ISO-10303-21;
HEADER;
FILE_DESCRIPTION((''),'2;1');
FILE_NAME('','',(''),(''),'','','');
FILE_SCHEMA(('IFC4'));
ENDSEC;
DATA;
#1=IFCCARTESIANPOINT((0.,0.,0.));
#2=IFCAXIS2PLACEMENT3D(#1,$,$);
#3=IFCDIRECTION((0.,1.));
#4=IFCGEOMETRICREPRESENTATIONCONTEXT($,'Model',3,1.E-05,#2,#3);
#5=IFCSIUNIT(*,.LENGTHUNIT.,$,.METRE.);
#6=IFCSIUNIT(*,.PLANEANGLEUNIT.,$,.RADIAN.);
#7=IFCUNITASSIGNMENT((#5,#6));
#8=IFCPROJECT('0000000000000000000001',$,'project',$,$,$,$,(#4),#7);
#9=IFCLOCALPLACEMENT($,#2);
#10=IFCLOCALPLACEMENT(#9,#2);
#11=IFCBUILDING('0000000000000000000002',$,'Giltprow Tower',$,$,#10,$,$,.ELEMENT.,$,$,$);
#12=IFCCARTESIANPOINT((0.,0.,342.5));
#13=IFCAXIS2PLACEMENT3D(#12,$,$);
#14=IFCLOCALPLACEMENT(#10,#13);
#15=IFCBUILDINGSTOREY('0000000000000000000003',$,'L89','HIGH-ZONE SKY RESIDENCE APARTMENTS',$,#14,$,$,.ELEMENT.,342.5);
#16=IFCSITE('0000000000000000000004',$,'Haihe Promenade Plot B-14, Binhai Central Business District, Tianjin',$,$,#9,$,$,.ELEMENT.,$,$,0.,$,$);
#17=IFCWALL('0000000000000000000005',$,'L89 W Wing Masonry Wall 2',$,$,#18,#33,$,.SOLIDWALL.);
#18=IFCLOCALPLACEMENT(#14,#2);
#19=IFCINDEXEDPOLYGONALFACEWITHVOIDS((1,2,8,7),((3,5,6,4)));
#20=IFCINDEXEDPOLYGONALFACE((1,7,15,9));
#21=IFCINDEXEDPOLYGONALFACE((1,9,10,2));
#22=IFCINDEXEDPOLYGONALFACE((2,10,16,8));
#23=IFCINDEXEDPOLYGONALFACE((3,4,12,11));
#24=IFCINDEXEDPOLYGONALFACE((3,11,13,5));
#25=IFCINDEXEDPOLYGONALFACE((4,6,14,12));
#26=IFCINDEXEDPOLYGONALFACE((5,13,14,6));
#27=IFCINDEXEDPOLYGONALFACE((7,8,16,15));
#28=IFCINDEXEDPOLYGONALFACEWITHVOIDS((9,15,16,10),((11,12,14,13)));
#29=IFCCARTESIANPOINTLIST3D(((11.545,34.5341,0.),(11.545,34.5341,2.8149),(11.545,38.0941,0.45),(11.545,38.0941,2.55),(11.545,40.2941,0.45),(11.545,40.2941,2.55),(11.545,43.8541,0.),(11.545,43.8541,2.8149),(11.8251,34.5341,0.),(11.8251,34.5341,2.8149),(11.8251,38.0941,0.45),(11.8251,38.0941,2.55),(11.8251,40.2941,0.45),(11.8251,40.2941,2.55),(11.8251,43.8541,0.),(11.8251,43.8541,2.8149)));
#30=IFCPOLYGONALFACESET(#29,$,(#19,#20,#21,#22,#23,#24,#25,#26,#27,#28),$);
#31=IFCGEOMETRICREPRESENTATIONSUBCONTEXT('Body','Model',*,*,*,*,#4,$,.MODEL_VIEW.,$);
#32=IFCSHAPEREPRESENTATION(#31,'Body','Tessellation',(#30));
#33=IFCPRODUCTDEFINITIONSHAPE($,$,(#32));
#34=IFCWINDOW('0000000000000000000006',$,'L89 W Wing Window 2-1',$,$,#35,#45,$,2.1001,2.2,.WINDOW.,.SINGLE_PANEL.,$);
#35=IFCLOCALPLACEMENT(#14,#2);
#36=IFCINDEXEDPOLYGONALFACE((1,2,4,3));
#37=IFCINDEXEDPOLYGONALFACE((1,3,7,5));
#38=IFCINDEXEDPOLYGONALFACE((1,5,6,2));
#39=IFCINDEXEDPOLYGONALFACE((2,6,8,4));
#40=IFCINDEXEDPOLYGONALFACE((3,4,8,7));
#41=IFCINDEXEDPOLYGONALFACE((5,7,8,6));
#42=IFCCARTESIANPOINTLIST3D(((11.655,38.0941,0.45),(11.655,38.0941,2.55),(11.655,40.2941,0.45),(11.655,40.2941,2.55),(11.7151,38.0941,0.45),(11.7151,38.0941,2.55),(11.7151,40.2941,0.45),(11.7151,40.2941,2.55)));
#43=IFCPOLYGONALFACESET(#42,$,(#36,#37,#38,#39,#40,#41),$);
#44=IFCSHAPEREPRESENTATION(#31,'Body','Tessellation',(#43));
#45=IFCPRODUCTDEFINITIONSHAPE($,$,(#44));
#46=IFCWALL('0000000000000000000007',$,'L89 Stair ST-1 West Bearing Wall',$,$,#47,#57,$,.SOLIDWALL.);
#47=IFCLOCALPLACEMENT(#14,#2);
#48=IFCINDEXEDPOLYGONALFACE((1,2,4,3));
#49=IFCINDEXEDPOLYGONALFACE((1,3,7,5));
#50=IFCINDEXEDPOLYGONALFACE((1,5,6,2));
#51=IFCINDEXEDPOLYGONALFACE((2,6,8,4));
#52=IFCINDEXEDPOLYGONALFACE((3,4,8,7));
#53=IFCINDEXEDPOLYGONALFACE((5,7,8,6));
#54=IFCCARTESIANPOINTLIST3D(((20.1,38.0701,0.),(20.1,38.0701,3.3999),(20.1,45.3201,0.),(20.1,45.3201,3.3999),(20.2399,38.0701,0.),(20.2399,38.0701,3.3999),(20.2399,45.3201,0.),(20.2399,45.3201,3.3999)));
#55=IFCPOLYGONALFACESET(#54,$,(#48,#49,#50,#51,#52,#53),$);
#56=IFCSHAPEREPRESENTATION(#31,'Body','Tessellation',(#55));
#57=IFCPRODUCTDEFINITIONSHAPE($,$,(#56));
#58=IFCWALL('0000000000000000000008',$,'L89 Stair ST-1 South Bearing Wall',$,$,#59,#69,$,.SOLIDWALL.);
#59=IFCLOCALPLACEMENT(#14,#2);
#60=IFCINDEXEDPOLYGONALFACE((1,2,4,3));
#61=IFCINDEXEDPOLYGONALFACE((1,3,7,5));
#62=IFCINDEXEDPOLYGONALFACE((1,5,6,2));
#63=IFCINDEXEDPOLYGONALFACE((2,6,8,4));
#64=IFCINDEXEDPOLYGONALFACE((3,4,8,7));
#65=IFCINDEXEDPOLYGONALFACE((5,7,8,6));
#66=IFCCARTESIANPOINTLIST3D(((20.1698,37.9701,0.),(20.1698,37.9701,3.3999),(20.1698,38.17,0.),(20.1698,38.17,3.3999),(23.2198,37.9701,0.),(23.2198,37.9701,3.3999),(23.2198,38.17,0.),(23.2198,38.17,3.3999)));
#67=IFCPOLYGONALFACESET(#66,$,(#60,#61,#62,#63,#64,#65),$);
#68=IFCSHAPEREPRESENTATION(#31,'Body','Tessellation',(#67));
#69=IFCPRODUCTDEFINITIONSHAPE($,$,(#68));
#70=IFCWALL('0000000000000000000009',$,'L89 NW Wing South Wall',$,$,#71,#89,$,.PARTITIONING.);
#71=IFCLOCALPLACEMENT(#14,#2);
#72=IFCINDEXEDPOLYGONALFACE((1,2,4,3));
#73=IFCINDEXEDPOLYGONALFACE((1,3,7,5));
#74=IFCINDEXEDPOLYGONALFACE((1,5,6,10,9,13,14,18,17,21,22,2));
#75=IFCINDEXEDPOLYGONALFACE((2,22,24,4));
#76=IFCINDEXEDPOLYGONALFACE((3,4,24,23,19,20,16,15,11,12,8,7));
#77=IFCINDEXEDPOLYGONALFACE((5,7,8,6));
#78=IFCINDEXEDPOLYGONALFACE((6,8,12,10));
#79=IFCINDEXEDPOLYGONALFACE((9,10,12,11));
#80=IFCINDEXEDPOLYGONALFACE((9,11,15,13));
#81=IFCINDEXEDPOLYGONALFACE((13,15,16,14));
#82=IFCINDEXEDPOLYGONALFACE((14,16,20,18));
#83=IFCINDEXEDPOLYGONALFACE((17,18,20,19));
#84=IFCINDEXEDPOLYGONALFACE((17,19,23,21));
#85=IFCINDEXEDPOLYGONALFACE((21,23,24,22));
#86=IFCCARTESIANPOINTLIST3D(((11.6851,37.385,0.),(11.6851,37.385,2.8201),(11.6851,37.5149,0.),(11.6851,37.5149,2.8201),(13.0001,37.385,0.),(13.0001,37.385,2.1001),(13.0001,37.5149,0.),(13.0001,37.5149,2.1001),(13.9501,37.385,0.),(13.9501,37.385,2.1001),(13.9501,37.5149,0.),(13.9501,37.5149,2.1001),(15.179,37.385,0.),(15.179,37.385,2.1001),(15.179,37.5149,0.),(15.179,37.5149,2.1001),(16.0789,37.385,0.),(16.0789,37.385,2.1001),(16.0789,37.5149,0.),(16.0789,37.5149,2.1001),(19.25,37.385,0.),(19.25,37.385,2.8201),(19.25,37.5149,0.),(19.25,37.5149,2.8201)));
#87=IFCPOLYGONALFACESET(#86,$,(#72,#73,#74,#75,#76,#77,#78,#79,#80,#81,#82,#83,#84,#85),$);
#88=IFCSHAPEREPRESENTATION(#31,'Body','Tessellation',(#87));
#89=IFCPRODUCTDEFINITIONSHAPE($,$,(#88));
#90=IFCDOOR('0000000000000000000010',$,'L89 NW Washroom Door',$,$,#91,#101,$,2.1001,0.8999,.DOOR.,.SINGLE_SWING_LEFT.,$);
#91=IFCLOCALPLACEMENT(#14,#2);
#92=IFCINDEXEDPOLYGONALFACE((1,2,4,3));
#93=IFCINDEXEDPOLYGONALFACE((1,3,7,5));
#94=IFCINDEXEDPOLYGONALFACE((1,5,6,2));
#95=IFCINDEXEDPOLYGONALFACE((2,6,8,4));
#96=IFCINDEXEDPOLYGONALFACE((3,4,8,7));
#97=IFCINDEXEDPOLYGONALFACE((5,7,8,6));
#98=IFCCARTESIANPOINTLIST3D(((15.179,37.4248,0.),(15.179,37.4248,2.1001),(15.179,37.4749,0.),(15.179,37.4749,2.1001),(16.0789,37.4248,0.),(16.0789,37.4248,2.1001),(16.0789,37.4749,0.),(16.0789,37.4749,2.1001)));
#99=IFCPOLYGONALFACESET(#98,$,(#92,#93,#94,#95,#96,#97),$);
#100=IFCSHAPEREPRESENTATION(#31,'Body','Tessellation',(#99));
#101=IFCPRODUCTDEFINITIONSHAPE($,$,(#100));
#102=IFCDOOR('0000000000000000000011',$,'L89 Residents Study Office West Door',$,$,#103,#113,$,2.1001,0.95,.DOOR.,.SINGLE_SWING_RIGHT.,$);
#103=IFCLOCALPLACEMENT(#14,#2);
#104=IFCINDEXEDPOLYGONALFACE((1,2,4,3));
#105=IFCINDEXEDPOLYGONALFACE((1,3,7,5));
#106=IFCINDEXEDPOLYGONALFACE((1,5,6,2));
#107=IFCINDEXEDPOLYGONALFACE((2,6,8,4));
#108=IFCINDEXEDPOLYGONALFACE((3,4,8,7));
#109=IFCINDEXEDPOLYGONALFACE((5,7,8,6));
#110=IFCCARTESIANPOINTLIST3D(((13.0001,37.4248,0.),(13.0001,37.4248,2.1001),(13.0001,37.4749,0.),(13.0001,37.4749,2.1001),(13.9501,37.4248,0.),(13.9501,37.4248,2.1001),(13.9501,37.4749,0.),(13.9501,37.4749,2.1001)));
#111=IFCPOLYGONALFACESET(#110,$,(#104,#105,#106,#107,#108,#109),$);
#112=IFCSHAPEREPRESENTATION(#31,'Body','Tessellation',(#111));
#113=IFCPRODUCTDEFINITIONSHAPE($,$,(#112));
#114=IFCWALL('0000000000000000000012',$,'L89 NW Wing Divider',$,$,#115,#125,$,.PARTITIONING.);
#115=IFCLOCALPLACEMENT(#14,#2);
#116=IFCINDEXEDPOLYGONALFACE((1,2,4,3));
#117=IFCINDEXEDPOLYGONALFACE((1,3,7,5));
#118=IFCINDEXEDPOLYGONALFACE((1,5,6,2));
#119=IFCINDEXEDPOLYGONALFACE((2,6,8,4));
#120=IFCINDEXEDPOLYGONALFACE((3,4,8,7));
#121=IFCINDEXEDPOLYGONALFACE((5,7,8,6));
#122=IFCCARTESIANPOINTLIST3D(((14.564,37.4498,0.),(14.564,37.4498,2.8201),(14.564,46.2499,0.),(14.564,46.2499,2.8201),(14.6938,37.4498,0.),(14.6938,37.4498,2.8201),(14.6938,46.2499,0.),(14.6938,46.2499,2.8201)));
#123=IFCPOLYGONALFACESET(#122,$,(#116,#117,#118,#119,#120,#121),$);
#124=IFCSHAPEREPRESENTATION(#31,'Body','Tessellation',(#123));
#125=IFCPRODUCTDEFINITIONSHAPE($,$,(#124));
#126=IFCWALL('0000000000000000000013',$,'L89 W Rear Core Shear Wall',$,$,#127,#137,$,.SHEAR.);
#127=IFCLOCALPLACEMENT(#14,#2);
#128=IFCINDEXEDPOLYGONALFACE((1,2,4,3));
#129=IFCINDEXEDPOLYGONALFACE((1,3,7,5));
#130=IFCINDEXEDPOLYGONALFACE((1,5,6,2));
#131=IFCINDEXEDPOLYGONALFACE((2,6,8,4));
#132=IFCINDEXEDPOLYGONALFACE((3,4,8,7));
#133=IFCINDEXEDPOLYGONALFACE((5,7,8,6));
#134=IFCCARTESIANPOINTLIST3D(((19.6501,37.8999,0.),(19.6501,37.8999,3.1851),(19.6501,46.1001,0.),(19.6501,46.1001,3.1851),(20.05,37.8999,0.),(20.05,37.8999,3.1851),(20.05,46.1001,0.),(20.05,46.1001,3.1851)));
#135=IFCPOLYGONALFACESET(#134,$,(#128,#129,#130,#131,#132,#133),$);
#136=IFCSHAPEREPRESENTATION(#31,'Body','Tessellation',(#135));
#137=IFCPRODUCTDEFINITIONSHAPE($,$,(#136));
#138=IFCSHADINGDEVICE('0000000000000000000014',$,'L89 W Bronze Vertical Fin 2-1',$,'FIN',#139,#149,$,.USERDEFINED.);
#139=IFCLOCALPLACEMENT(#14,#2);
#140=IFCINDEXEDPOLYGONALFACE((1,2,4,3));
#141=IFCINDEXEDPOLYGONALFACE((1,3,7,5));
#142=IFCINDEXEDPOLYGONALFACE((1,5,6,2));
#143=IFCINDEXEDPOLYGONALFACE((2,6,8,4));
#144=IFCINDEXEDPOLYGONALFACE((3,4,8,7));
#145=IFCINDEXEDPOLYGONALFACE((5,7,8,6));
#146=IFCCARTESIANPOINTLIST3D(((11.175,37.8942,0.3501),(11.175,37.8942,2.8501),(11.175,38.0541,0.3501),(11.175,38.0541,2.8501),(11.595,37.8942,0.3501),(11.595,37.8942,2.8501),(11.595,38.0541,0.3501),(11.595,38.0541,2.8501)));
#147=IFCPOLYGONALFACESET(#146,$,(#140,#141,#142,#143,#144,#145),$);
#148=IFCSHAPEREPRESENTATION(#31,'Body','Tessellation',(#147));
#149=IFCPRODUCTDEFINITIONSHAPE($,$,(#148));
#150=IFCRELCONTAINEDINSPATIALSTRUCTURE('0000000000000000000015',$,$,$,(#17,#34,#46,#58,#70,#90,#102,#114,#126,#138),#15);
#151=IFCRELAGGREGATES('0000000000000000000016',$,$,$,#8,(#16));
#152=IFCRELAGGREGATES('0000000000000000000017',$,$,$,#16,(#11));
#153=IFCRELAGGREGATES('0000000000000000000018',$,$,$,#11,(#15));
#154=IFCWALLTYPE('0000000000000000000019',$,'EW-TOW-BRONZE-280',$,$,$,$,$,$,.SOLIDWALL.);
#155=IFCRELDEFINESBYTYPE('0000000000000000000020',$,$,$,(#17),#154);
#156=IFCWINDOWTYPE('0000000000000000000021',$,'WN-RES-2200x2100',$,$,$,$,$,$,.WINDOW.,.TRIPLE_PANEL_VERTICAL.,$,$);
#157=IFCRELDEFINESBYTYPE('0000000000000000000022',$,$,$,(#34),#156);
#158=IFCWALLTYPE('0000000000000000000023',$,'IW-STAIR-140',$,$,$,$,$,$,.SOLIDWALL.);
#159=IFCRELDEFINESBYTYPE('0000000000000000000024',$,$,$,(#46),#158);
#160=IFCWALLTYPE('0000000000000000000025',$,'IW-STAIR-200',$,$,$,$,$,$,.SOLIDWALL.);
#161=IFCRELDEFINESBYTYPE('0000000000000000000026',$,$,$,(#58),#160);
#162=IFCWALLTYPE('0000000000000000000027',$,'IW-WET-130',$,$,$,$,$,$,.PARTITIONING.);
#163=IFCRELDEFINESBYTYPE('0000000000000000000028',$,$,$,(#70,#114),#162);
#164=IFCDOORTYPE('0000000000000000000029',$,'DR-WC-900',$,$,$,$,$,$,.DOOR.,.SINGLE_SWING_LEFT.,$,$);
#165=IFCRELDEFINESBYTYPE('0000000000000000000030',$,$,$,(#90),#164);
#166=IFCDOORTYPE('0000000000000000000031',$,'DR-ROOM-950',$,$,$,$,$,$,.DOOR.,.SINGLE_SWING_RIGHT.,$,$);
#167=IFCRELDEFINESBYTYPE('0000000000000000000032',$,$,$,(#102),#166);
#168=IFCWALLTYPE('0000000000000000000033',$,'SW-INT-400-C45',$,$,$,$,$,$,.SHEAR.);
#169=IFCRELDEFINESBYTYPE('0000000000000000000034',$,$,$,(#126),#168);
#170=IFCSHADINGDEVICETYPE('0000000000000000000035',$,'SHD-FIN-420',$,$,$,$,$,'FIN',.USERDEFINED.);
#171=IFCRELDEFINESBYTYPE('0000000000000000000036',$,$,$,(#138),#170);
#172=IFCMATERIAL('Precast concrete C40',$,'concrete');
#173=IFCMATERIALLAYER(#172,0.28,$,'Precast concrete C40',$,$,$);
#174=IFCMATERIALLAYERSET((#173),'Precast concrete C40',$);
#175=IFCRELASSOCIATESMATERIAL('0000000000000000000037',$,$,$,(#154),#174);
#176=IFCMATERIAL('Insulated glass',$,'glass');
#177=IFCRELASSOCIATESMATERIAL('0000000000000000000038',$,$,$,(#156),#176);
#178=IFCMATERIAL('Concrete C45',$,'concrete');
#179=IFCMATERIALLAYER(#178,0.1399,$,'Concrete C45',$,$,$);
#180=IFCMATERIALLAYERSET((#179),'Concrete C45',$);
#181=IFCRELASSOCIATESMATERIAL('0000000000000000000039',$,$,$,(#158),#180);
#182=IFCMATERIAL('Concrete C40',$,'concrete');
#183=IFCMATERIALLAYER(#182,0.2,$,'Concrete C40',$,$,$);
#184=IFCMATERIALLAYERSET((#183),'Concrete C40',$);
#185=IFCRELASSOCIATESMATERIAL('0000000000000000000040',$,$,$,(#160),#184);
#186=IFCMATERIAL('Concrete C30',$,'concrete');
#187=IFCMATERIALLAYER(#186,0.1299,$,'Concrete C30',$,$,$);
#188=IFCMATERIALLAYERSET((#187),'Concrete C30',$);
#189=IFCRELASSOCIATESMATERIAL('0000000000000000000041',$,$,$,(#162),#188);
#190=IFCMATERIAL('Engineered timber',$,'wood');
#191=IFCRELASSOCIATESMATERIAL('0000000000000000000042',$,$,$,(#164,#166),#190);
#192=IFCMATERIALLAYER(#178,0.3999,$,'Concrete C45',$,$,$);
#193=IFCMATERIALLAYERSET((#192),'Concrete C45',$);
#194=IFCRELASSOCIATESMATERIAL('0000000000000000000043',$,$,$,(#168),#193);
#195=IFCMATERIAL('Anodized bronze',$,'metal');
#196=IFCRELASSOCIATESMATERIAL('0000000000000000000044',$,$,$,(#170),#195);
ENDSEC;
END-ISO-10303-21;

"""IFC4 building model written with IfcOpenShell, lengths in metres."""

from ifc_helpers import new_model, si_unit, direction, frame, frame_2d, origin, origin_2d, place, context, subcontext, project, spatial, rectangle, extrude, source, transform, mapped, material, layer, layer_set, type_object, element, fill, save


model = new_model("IFC4")

# Units and contexts
model_context = context("Model", 3, precision=1e-05, world=origin(), true_north=direction((0.0, 1.0)))
body_context = subcontext(model_context, "Body", "Model", "MODEL_VIEW")
ifc_project = project(units=[si_unit("LENGTHUNIT", "METRE"), si_unit("PLANEANGLEUNIT", "RADIAN")], contexts=[model_context])

# Site, building, storey
site_placement = place(None, origin())
site = spatial("IfcSite", under=ifc_project, at=site_placement, Name="Haihe Promenade Plot B-14, Binhai Central Business District, Tianjin", CompositionType="ELEMENT", RefElevation=0.0)
building_placement = place(site_placement, origin())
building = spatial("IfcBuilding", under=site, at=building_placement, Name="Giltprow Tower", CompositionType="ELEMENT")
storey_placement = place(building_placement, frame((0.0, 0.0, 342.5)))
storey = spatial("IfcBuildingStorey", under=building, at=storey_placement, Name="L89", Description="HIGH-ZONE SKY RESIDENCE APARTMENTS", CompositionType="ELEMENT", Elevation=342.5)

# Shared definitions
ifc_material_1 = material(Name="Concrete C45", Category="concrete")

# Wall, opening, window
ifc_material_2 = material(Name="Precast concrete C40", Category="concrete")
ifc_layer_1 = layer(ifc_material_2, 0.28, Name="Precast concrete C40")
ifc_layer_set_1 = layer_set([ifc_layer_1], Name="Precast concrete C40")
wall_type_1 = type_object("IfcWallType", Name="EW-TOW-BRONZE-280", PredefinedType="SOLIDWALL", material=ifc_layer_set_1)
wall_1_placement = place(storey_placement, frame((11.6851, 34.5339, 0.0), z_axis=(0.0, 0.0, 1.0), x_axis=(0.0, 1.0, 0.0)))
wall_1 = element("IfcWall", 1, at=wall_1_placement, inside=storey, type_object=wall_type_1, Name="L89 W Wing Masonry Wall 2", PredefinedType="SOLIDWALL", context=body_context, shape_type="SweptSolid", body=[
    extrude(rectangle(XDim=9.3201, YDim=0.28, at=frame_2d((4.6602, 0.0))), origin(), (0.0, 0.0, 1.0), 2.8149),
])
opening_1_placement = place(wall_1_placement, frame((3.5601, 0.0, 0.45)))
opening_1 = element("IfcOpeningElement", 2, at=opening_1_placement, cuts=wall_1, PredefinedType="OPENING", context=body_context, shape_type="SweptSolid", body=[
    extrude(rectangle(XDim=2.2, YDim=2.1001, at=frame_2d((1.1001, 1.05))), frame((0.0, 0.1499, 0.0), z_axis=(0.0, -1.0, 0.0), x_axis=(1.0, 0.0, 0.0)), (0.0, 0.0, 1.0), 0.3),
])
ifc_material_3 = material(Name="Insulated glass", Category="glass")
window_type = type_object("IfcWindowType", Name="WN-RES-2200x2100", PartitioningType="TRIPLE_PANEL_VERTICAL", PredefinedType="WINDOW", material=ifc_material_3)
shared_shape_1 = source(origin(), body_context, "Body", "SweptSolid", [
    extrude(rectangle(XDim=2.2, YDim=2.1001, at=frame_2d((1.1001, 1.05))), frame((0.0, 0.03, 0.0), z_axis=(0.0, -1.0, 0.0), x_axis=(1.0, 0.0, 0.0)), (0.0, 0.0, 1.0), 0.0601),
])
window_placement = place(opening_1_placement, origin())
window = element("IfcWindow", 3, at=window_placement, inside=storey, type_object=window_type, Name="L89 W Wing Window 2-1", OverallHeight=2.1001, OverallWidth=2.2, PartitioningType="SINGLE_PANEL", PredefinedType="WINDOW", context=body_context, shape_type="MappedRepresentation", body=[
    mapped(shared_shape_1, transform((0.0, 0.0, 0.0), x_axis=(1.0, 0.0, 0.0), y_axis=(0.0, 1.0, 0.0), z_axis=(0.0, 0.0, 1.0), scale=1.0)),
])
fill(opening_1, window)

# Walls
ifc_layer_2 = layer(ifc_material_1, 0.1399, Name="Concrete C45")
ifc_layer_set_2 = layer_set([ifc_layer_2], Name="Concrete C45")
wall_type_2 = type_object("IfcWallType", Name="IW-STAIR-140", PredefinedType="SOLIDWALL", material=ifc_layer_set_2)
wall_2_placement = place(storey_placement, frame((20.1699, 38.0701, 0.0), z_axis=(0.0, 0.0, 1.0), x_axis=(0.0, 1.0, 0.0)))
element("IfcWall", 4, at=wall_2_placement, inside=storey, type_object=wall_type_2, Name="L89 Stair ST-1 West Bearing Wall", PredefinedType="SOLIDWALL", context=body_context, shape_type="SweptSolid", body=[
    extrude(rectangle(XDim=7.25, YDim=0.1399, at=frame_2d((3.625, 0.0))), origin(), (0.0, 0.0, 1.0), 3.3999),
])
ifc_material_4 = material(Name="Concrete C40", Category="concrete")
ifc_layer_3 = layer(ifc_material_4, 0.2, Name="Concrete C40")
ifc_layer_set_3 = layer_set([ifc_layer_3], Name="Concrete C40")
wall_type_3 = type_object("IfcWallType", Name="IW-STAIR-200", PredefinedType="SOLIDWALL", material=ifc_layer_set_3)
wall_3_placement = place(storey_placement, frame((20.1699, 38.0701, 0.0), z_axis=(0.0, 0.0, 1.0), x_axis=(1.0, 0.0, 0.0)))
element("IfcWall", 5, at=wall_3_placement, inside=storey, type_object=wall_type_3, Name="L89 Stair ST-1 South Bearing Wall", PredefinedType="SOLIDWALL", context=body_context, shape_type="SweptSolid", body=[
    extrude(rectangle(XDim=3.05, YDim=0.2, at=frame_2d((1.5249, 0.0))), origin(), (0.0, 0.0, 1.0), 3.3999),
])

# Wall, openings, doors
ifc_material_5 = material(Name="Concrete C30", Category="concrete")
ifc_layer_4 = layer(ifc_material_5, 0.1299, Name="Concrete C30")
ifc_layer_set_4 = layer_set([ifc_layer_4], Name="Concrete C30")
wall_type_4 = type_object("IfcWallType", Name="IW-WET-130", PredefinedType="PARTITIONING", material=ifc_layer_set_4)
wall_4_placement = place(storey_placement, frame((11.6851, 37.45, 0.0), z_axis=(0.0, 0.0, 1.0), x_axis=(1.0, 0.0, 0.0)))
wall_4 = element("IfcWall", 6, at=wall_4_placement, inside=storey, type_object=wall_type_4, Name="L89 NW Wing South Wall", PredefinedType="PARTITIONING", context=body_context, shape_type="SweptSolid", body=[
    extrude(rectangle(XDim=7.5649, YDim=0.1299, at=frame_2d((3.7825, 0.0))), origin(), (0.0, 0.0, 1.0), 2.8201),
])
opening_2_placement = place(wall_4_placement, frame((1.3149, 0.0, 0.0)))
opening_2 = element("IfcOpeningElement", 7, at=opening_2_placement, cuts=wall_4, PredefinedType="OPENING", context=body_context, shape_type="SweptSolid", body=[
    extrude(rectangle(XDim=0.95, YDim=2.1001, at=frame_2d((0.4751, 1.05))), frame((0.0, 0.075, 0.0), z_axis=(0.0, -1.0, 0.0), x_axis=(1.0, 0.0, 0.0)), (0.0, 0.0, 1.0), 0.1499),
])
opening_3_placement = place(wall_4_placement, frame((3.4939, 0.0, 0.0)))
opening_3 = element("IfcOpeningElement", 8, at=opening_3_placement, cuts=wall_4, PredefinedType="OPENING", context=body_context, shape_type="SweptSolid", body=[
    extrude(rectangle(XDim=0.8999, YDim=2.1001, at=frame_2d((0.45, 1.05))), frame((0.0, 0.075, 0.0), z_axis=(0.0, -1.0, 0.0), x_axis=(1.0, 0.0, 0.0)), (0.0, 0.0, 1.0), 0.1499),
])
ifc_material_6 = material(Name="Engineered timber", Category="wood")
door_type_1 = type_object("IfcDoorType", Name="DR-WC-900", OperationType="SINGLE_SWING_LEFT", PredefinedType="DOOR", material=ifc_material_6)
shared_shape_2 = source(origin(), body_context, "Body", "SweptSolid", [
    extrude(rectangle(XDim=0.8999, YDim=2.1001, at=frame_2d((0.45, 1.05))), frame((0.0, 0.0249, 0.0), z_axis=(0.0, -1.0, 0.0), x_axis=(1.0, 0.0, 0.0)), (0.0, 0.0, 1.0), 0.05),
])
door_1_placement = place(opening_3_placement, origin())
door_1 = element("IfcDoor", 9, at=door_1_placement, inside=storey, type_object=door_type_1, Name="L89 NW Washroom Door", OperationType="SINGLE_SWING_LEFT", OverallHeight=2.1001, OverallWidth=0.8999, PredefinedType="DOOR", context=body_context, shape_type="MappedRepresentation", body=[
    mapped(shared_shape_2, transform((0.0, 0.0, 0.0), x_axis=(1.0, 0.0, 0.0), y_axis=(0.0, 1.0, 0.0), z_axis=(0.0, 0.0, 1.0), scale=1.0)),
])
fill(opening_3, door_1)
door_type_2 = type_object("IfcDoorType", Name="DR-ROOM-950", OperationType="SINGLE_SWING_RIGHT", PredefinedType="DOOR", material=ifc_material_6)
shared_shape_3 = source(origin(), body_context, "Body", "SweptSolid", [
    extrude(rectangle(XDim=0.95, YDim=2.1001, at=frame_2d((0.4751, 1.05))), frame((0.0, 0.0249, 0.0), z_axis=(0.0, -1.0, 0.0), x_axis=(1.0, 0.0, 0.0)), (0.0, 0.0, 1.0), 0.05),
])
door_2_placement = place(opening_2_placement, origin())
door_2 = element("IfcDoor", 10, at=door_2_placement, inside=storey, type_object=door_type_2, Name="L89 Residents Study Office West Door", OperationType="SINGLE_SWING_RIGHT", OverallHeight=2.1001, OverallWidth=0.95, PredefinedType="DOOR", context=body_context, shape_type="MappedRepresentation", body=[
    mapped(shared_shape_3, transform((0.0, 0.0, 0.0), x_axis=(1.0, 0.0, 0.0), y_axis=(0.0, 1.0, 0.0), z_axis=(0.0, 0.0, 1.0), scale=1.0)),
])
fill(opening_2, door_2)

# Walls
wall_5_placement = place(storey_placement, frame((14.6289, 37.45, 0.0), z_axis=(0.0, 0.0, 1.0), x_axis=(0.0, 1.0, 0.0)))
element("IfcWall", 11, at=wall_5_placement, inside=storey, type_object=wall_type_4, Name="L89 NW Wing Divider", PredefinedType="PARTITIONING", context=body_context, shape_type="SweptSolid", body=[
    extrude(rectangle(XDim=8.8, YDim=0.1299, at=frame_2d((4.3999, 0.0))), origin(), (0.0, 0.0, 1.0), 2.8201),
])
ifc_layer_5 = layer(ifc_material_1, 0.3999, Name="Concrete C45")
ifc_layer_set_5 = layer_set([ifc_layer_5], Name="Concrete C45")
wall_type_5 = type_object("IfcWallType", Name="SW-INT-400-C45", PredefinedType="SHEAR", material=ifc_layer_set_5)
wall_6_placement = place(storey_placement, frame((19.8501, 37.8999, 0.0), z_axis=(0.0, 0.0, 1.0), x_axis=(0.0, 1.0, 0.0)))
element("IfcWall", 12, at=wall_6_placement, inside=storey, type_object=wall_type_5, Name="L89 W Rear Core Shear Wall", PredefinedType="SHEAR", context=body_context, shape_type="SweptSolid", body=[
    extrude(rectangle(XDim=8.2002, YDim=0.3999, at=frame_2d((4.1001, 0.0))), origin(), (0.0, 0.0, 1.0), 3.1851),
])

# Shading device
ifc_material_7 = material(Name="Anodized bronze", Category="metal")
shading_device_type = type_object("IfcShadingDeviceType", Name="SHD-FIN-420", ElementType="FIN", PredefinedType="USERDEFINED", material=ifc_material_7)
shared_shape_4 = source(origin(), body_context, "Body", "SweptSolid", [
    extrude(rectangle(XDim=0.4199, YDim=0.1599, at=origin_2d()), origin(), (0.0, 0.0, 1.0), 2.5),
])
shading_device_placement = place(storey_placement, frame((11.385, 37.9741, 0.3501), z_axis=(0.0, 0.0, 1.0), x_axis=(1.0, 0.0, 0.0)))
element("IfcShadingDevice", 13, at=shading_device_placement, inside=storey, type_object=shading_device_type, Name="L89 W Bronze Vertical Fin 2-1", ObjectType="FIN", PredefinedType="USERDEFINED", context=body_context, shape_type="MappedRepresentation", body=[
    mapped(shared_shape_4, transform((0.0, 0.0, 0.0), x_axis=(1.0, 0.0, 0.0), y_axis=(0.0, 1.0, 0.0), z_axis=(0.0, 0.0, 1.0), scale=1.0)),
])

save(model, "model.ifc")
